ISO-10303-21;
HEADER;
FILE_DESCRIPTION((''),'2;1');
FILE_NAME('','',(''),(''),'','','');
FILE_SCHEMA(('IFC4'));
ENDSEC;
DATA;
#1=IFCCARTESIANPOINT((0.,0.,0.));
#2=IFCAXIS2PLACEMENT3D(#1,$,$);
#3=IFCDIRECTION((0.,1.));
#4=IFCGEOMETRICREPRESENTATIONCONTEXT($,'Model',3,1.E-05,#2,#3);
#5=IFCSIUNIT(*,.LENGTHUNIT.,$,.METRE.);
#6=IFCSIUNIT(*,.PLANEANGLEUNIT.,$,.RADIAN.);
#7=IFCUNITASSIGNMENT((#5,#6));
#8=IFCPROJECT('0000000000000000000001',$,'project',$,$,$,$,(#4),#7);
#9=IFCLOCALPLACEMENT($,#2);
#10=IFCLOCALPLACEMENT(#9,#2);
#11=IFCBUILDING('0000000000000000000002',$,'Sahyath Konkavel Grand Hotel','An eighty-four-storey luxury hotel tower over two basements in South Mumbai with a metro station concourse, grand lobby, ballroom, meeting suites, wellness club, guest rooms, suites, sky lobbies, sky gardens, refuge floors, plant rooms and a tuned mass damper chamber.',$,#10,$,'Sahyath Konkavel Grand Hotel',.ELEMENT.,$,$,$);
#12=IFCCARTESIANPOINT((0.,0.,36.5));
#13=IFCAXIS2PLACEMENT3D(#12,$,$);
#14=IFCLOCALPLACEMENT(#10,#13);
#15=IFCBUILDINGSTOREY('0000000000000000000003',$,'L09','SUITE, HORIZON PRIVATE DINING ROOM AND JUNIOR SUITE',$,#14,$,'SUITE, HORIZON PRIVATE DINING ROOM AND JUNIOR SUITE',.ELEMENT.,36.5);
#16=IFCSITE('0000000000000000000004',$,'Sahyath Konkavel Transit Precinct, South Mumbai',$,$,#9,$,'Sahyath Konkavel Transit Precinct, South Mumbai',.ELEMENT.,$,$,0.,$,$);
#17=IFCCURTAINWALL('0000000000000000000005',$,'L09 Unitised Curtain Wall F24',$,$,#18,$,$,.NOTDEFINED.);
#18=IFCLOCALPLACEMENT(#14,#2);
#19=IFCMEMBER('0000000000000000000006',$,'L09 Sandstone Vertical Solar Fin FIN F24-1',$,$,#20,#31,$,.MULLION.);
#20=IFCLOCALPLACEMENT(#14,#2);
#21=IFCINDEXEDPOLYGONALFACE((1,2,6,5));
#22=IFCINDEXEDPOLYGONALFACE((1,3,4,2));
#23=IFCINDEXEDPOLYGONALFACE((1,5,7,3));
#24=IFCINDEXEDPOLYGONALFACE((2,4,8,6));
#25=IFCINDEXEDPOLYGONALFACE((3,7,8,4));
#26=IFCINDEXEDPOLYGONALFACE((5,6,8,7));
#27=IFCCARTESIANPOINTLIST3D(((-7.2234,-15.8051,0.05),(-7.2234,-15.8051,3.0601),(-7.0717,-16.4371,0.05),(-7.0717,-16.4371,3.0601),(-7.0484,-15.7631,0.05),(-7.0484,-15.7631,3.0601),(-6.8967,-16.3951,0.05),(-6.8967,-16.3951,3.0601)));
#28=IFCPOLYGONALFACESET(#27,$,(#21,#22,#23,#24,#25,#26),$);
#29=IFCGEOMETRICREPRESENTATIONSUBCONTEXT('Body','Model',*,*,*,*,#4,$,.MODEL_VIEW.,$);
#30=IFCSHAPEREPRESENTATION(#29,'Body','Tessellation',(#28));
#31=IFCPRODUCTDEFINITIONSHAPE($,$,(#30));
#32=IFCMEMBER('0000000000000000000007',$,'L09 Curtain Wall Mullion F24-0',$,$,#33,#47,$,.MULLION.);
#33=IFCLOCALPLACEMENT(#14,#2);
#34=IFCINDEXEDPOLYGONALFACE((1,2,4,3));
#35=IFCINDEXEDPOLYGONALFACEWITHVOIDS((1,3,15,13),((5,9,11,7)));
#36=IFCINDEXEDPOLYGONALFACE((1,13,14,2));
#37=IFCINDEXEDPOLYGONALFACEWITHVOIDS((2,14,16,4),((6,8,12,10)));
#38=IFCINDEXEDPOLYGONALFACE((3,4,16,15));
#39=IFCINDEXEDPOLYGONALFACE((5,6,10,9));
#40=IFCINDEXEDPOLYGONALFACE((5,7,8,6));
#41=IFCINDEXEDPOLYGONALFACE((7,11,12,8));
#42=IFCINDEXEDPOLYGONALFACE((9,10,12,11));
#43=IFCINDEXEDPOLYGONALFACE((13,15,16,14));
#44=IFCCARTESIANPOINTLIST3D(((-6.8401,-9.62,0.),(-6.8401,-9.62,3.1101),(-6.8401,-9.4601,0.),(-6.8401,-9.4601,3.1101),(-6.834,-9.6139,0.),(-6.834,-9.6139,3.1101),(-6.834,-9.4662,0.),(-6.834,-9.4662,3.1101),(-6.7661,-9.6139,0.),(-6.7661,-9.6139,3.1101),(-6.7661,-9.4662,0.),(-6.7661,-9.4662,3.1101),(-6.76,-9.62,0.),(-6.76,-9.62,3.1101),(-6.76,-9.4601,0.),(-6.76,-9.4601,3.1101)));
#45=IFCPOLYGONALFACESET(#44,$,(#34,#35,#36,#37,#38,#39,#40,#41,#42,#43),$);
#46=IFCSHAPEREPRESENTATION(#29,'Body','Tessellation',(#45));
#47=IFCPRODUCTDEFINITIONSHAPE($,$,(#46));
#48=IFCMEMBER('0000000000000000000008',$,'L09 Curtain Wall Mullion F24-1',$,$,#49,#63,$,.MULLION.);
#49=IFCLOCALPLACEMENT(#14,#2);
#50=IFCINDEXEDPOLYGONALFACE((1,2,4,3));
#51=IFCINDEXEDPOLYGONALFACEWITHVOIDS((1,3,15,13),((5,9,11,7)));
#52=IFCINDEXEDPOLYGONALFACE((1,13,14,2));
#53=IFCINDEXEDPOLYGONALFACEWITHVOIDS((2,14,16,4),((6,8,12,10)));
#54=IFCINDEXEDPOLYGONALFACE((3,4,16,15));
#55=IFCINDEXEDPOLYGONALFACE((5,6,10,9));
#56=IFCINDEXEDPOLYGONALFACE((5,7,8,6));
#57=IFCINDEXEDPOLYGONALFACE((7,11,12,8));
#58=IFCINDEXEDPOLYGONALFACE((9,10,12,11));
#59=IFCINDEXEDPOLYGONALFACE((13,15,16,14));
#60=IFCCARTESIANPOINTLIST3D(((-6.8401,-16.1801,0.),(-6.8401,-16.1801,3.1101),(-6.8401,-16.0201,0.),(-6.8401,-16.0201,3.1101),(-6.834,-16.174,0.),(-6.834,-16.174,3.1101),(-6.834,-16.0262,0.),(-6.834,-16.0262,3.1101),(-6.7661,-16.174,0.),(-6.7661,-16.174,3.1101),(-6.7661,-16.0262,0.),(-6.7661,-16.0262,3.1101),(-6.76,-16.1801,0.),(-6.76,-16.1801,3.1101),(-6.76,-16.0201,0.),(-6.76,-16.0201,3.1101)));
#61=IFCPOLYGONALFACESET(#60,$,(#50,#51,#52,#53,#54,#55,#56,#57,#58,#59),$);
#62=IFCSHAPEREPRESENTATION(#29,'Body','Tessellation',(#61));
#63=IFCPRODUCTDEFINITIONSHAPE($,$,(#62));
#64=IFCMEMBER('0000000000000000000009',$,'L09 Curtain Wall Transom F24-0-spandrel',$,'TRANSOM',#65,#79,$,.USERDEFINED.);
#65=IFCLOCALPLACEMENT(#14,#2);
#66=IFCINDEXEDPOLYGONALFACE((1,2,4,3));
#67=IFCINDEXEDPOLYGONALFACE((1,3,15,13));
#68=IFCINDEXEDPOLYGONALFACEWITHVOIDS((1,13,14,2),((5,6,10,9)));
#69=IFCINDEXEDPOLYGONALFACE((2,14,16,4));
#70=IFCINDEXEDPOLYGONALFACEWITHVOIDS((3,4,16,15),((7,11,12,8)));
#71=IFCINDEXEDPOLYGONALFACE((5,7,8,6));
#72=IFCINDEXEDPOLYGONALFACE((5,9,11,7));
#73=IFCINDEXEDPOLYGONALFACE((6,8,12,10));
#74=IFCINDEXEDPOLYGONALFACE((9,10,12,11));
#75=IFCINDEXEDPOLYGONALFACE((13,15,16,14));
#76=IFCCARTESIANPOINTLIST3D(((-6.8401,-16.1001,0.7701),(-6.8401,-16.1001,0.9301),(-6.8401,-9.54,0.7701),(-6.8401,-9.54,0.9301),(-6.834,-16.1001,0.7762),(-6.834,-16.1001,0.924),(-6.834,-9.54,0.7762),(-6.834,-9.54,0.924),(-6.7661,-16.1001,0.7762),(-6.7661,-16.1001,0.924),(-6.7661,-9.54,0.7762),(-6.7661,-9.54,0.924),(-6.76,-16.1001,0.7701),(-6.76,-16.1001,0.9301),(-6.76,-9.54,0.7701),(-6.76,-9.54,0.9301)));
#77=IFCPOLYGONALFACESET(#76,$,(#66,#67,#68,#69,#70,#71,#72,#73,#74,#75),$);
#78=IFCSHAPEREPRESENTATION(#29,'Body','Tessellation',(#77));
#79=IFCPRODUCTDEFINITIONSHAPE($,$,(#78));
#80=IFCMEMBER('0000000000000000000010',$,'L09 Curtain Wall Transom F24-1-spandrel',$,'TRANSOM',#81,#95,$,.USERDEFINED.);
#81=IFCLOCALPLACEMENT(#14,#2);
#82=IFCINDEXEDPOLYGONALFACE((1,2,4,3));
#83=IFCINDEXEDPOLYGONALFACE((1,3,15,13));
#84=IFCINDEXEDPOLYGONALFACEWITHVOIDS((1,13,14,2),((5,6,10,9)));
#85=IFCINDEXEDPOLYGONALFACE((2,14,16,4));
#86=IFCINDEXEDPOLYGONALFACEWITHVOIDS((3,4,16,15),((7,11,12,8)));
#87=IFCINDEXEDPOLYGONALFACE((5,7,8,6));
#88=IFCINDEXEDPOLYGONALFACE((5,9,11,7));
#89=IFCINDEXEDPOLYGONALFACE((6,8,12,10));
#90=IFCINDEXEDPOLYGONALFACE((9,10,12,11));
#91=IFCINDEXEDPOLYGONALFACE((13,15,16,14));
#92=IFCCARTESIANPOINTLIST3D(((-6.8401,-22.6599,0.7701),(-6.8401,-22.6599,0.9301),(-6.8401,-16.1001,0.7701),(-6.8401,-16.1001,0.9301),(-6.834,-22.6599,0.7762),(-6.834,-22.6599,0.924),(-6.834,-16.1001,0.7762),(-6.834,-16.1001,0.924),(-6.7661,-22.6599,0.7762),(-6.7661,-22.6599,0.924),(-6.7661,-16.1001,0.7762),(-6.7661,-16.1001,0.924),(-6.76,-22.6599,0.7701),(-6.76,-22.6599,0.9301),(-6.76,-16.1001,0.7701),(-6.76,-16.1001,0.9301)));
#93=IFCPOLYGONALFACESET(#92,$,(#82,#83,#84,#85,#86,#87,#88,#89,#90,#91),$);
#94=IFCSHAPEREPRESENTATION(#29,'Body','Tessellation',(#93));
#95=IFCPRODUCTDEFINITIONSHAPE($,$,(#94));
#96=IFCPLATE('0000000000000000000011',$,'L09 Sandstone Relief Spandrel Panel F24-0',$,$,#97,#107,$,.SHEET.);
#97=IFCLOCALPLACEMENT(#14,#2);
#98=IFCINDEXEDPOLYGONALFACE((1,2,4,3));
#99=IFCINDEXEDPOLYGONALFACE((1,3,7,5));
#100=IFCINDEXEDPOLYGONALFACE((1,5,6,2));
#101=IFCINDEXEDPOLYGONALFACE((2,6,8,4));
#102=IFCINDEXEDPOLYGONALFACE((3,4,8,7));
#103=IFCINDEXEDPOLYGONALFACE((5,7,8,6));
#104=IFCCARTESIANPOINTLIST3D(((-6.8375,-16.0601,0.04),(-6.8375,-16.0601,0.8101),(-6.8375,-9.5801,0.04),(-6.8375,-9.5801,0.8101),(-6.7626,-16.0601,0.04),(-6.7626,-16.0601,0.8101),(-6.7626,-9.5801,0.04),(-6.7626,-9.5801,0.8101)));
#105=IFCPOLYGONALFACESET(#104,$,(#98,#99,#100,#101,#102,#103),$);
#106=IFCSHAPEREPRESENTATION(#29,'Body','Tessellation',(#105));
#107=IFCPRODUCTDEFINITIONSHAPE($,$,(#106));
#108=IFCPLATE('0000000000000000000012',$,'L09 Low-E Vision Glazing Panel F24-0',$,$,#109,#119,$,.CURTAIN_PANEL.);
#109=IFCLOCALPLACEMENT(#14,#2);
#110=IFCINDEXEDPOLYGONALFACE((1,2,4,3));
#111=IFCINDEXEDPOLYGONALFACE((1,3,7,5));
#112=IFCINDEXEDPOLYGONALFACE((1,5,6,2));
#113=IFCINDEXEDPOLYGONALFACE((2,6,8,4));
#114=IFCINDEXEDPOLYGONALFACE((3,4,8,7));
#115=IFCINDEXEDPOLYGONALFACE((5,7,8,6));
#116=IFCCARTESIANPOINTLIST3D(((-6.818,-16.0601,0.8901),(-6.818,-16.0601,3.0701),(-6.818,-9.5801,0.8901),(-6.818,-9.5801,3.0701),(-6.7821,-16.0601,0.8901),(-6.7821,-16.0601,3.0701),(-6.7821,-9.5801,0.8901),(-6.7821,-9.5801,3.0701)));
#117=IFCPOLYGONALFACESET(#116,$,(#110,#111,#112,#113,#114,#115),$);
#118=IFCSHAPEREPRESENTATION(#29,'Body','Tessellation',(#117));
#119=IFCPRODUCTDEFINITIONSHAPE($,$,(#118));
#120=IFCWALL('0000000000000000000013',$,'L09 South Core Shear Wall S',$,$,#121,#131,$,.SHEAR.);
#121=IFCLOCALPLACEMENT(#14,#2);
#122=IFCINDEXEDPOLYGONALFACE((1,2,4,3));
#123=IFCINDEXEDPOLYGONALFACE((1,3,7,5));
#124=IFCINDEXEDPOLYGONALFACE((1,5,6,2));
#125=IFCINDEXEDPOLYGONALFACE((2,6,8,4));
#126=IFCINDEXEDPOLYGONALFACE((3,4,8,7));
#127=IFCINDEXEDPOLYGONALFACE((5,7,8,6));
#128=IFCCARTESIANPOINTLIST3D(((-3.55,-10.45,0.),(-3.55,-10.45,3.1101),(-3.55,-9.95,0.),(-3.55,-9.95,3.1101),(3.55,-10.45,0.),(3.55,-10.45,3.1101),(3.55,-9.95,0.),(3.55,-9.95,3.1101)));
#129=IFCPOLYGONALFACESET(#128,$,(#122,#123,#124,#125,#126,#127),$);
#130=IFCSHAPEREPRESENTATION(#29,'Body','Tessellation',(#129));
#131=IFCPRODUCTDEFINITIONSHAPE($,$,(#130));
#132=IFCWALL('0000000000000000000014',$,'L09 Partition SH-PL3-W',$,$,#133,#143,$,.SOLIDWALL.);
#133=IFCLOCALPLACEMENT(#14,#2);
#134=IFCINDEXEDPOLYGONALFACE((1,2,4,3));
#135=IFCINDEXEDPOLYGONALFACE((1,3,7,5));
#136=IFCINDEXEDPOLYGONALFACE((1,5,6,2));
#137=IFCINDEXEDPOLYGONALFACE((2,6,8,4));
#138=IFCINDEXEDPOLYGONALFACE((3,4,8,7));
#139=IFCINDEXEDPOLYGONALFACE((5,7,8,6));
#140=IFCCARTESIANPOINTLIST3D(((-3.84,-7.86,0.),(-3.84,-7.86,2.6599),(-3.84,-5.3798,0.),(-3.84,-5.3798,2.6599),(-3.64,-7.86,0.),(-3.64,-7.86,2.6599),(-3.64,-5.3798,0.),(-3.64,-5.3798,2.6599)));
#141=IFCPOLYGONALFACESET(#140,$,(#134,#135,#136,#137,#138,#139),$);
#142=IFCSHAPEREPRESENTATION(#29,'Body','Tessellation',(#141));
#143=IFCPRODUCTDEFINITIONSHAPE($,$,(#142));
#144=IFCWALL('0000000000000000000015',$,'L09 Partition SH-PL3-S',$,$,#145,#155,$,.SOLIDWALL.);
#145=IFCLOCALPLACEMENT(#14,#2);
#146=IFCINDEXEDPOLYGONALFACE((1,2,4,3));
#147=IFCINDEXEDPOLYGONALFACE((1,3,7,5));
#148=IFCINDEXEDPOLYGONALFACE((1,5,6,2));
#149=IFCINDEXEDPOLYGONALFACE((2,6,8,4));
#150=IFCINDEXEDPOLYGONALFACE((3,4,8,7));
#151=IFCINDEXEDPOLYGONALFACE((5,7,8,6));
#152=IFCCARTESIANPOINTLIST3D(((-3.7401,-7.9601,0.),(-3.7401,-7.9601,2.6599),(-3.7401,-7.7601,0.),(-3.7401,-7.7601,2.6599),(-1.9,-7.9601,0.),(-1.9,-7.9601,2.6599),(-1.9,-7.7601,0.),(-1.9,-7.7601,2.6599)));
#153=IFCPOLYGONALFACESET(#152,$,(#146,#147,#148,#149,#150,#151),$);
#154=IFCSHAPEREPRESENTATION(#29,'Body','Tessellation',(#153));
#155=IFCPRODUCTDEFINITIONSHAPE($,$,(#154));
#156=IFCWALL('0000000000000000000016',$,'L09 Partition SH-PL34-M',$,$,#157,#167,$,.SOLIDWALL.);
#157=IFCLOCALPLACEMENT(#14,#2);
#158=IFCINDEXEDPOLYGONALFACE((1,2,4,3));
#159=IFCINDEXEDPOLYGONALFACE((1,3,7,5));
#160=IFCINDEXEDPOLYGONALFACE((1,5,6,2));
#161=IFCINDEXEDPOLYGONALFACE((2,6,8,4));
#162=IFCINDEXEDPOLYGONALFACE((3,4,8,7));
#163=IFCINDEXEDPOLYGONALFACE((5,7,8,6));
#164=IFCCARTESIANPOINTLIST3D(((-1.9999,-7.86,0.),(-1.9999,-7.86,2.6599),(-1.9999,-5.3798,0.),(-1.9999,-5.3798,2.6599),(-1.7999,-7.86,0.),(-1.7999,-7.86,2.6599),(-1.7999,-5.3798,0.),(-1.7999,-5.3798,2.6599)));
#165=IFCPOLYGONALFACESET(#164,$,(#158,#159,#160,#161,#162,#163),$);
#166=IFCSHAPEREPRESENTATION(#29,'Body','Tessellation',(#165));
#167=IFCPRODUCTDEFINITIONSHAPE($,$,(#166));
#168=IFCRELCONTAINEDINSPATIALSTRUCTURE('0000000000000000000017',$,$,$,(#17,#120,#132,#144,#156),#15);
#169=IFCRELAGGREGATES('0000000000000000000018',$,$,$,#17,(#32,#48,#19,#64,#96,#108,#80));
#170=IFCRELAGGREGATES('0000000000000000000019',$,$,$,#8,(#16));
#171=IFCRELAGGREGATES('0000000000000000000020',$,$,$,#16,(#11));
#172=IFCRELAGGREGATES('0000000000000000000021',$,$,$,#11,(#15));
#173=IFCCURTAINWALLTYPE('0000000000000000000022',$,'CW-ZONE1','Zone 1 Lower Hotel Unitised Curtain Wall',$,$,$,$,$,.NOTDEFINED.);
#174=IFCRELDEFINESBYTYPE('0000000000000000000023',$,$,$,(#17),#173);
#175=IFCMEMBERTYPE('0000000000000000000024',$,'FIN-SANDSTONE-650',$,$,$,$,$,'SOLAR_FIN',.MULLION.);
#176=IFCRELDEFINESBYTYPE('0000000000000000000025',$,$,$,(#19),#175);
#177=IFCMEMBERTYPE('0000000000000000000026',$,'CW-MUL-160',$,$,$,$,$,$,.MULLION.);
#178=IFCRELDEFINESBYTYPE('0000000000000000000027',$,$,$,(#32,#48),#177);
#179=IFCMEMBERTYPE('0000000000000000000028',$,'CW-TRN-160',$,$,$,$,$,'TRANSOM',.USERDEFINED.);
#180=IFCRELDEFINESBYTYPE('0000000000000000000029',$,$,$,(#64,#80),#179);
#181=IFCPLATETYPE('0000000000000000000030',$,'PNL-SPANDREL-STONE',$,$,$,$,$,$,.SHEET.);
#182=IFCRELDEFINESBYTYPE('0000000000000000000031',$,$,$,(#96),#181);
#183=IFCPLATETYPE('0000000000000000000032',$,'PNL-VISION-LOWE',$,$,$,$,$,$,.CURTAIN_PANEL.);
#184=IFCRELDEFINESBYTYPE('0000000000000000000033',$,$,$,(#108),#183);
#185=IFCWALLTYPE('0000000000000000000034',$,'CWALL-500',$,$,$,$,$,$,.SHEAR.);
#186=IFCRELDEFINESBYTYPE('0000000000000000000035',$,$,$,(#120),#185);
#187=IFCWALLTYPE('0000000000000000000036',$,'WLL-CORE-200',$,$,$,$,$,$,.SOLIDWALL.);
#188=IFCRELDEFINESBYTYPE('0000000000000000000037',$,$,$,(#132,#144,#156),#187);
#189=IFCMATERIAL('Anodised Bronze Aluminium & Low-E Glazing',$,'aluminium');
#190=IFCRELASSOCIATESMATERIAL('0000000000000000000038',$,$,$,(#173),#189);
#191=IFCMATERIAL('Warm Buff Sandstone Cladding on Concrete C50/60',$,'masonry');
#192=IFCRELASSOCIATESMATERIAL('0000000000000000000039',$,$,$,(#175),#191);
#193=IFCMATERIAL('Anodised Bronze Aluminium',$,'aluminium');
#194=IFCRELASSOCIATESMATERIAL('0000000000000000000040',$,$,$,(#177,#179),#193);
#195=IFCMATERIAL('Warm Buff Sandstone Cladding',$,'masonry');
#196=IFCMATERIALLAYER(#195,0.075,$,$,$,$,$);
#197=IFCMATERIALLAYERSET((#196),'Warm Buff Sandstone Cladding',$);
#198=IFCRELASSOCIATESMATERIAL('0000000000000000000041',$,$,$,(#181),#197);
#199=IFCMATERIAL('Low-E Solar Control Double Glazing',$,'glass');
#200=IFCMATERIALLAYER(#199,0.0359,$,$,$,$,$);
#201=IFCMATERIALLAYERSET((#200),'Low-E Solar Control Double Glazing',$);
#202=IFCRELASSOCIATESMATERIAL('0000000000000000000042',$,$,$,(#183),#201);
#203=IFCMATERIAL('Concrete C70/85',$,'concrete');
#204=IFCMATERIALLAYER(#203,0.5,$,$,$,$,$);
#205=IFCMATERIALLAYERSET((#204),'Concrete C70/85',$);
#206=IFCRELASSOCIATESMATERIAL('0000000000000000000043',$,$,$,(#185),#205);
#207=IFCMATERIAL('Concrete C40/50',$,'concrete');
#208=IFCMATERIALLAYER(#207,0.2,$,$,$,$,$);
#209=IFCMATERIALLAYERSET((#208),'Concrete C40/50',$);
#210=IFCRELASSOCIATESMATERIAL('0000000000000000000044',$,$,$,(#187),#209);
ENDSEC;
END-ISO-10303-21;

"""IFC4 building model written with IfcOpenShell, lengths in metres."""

from ifc_helpers import new_model, si_unit, direction, frame, frame_2d, origin, origin_2d, place, context, subcontext, project, spatial, rectangle, hollow_rectangle, extrude, source, transform, mapped, material, layer, layer_set, material_profile, profile_set, type_object, element, aggregate, save


model = new_model("IFC4")

# Units and contexts
model_context = context("Model", 3, precision=1e-05, world=origin(), true_north=direction((0.0, 1.0)))
body_context = subcontext(model_context, "Body", "Model", "MODEL_VIEW")
ifc_project = project(units=[si_unit("LENGTHUNIT", "METRE"), si_unit("PLANEANGLEUNIT", "RADIAN")], contexts=[model_context])

# Site, building, storey
site_placement = place(None, origin())
site = spatial("IfcSite", under=ifc_project, at=site_placement, Name="Sahyath Konkavel Transit Precinct, South Mumbai", LongName="Sahyath Konkavel Transit Precinct, South Mumbai", CompositionType="ELEMENT", RefElevation=0.0)
building_placement = place(site_placement, origin())
building = spatial("IfcBuilding", under=site, at=building_placement, Name="Sahyath Konkavel Grand Hotel", Description="An eighty-four-storey luxury hotel tower over two basements in South Mumbai with a metro station concourse, grand lobby, ballroom, meeting suites, wellness club, guest rooms, suites, sky lobbies, sky gardens, refuge floors, plant rooms and a tuned mass damper chamber.", LongName="Sahyath Konkavel Grand Hotel", CompositionType="ELEMENT")
storey_placement = place(building_placement, frame((0.0, 0.0, 36.5)))
storey = spatial("IfcBuildingStorey", under=building, at=storey_placement, Name="L09", Description="SUITE, HORIZON PRIVATE DINING ROOM AND JUNIOR SUITE", LongName="SUITE, HORIZON PRIVATE DINING ROOM AND JUNIOR SUITE", CompositionType="ELEMENT", Elevation=36.5)

# Shared definitions
ifc_material_1 = material(Name="Concrete C70/85", Category="concrete")

# Shared definitions
ifc_material_2 = material(Name="Anodised Bronze Aluminium & Low-E Glazing", Category="aluminium")
curtain_wall_type = type_object("IfcCurtainWallType", Name="CW-ZONE1", Description="Zone 1 Lower Hotel Unitised Curtain Wall", PredefinedType="NOTDEFINED", material=ifc_material_2)
ifc_material_3 = material(Name="Warm Buff Sandstone Cladding on Concrete C50/60", Category="masonry")
ifc_material_profile_1 = material_profile(ifc_material_3, rectangle(XDim=0.1799, YDim=0.6499, at=origin_2d()), Name="FIN 180x650")
ifc_profile_set_1 = profile_set([ifc_material_profile_1], Name="Warm Buff Sandstone Cladding on Concrete C50/60")
member_type_1 = type_object("IfcMemberType", Name="FIN-SANDSTONE-650", ElementType="SOLAR_FIN", PredefinedType="MULLION", material=ifc_profile_set_1)
shared_shape_1 = source(origin(), body_context, "Body", "SweptSolid", [
    extrude(rectangle(XDim=0.1799, YDim=0.6499, at=origin_2d()), origin(), (0.0, 0.0, 1.0), 3.01),
])

# Curtain wall, members, plates
curtain_wall_1_placement = place(storey_placement, origin())
curtain_wall_1 = element("IfcCurtainWall", 1, at=curtain_wall_1_placement, inside=storey, type_object=curtain_wall_type, Name="L09 Unitised Curtain Wall F24", PredefinedType="NOTDEFINED")
member_1_placement = place(storey_placement, frame((-7.0601, -16.1001, 0.05), z_axis=(0.0, 0.0, 1.0), x_axis=(0.97237, 0.233445, 0.0)))
member_1 = element("IfcMember", 2, at=member_1_placement, type_object=member_type_1, Name="L09 Sandstone Vertical Solar Fin FIN F24-1", PredefinedType="MULLION", context=body_context, shape_type="MappedRepresentation", body=[
    mapped(shared_shape_1, transform((0.0, 0.0, 0.0), scale=1.0)),
])
ifc_material_4 = material(Name="Anodised Bronze Aluminium", Category="aluminium")
ifc_material_profile_2 = material_profile(ifc_material_4, hollow_rectangle(XDim=0.0801, YDim=0.1599, WallThickness=0.0061, at=origin_2d()), Name="RHS 160x80x6")
ifc_profile_set_2 = profile_set([ifc_material_profile_2], Name="Anodised Bronze Aluminium")
member_type_2 = type_object("IfcMemberType", Name="CW-MUL-160", PredefinedType="MULLION", material=ifc_profile_set_2)
shared_shape_2 = source(origin(), body_context, "Body", "SweptSolid", [
    extrude(hollow_rectangle(XDim=0.0801, YDim=0.1599, WallThickness=0.0061, at=origin_2d()), origin(), (0.0, 0.0, 1.0), 3.1101),
])
member_2_placement = place(storey_placement, frame((-6.8, -9.54, 0.0), z_axis=(0.0, 0.0, 1.0), x_axis=(1.0, 0.0, 0.0)))
member_2 = element("IfcMember", 3, at=member_2_placement, type_object=member_type_2, Name="L09 Curtain Wall Mullion F24-0", PredefinedType="MULLION", context=body_context, shape_type="MappedRepresentation", body=[
    mapped(shared_shape_2, transform((0.0, 0.0, 0.0), scale=1.0)),
])
member_3_placement = place(storey_placement, frame((-6.8, -16.1001, 0.0), z_axis=(0.0, 0.0, 1.0), x_axis=(1.0, 0.0, 0.0)))
member_3 = element("IfcMember", 4, at=member_3_placement, type_object=member_type_2, Name="L09 Curtain Wall Mullion F24-1", PredefinedType="MULLION", context=body_context, shape_type="MappedRepresentation", body=[
    mapped(shared_shape_2, transform((0.0, 0.0, 0.0), scale=1.0)),
])
ifc_material_profile_3 = material_profile(ifc_material_4, hollow_rectangle(XDim=0.0801, YDim=0.1599, WallThickness=0.0061, at=origin_2d()), Name="RHS 160x80x6")
ifc_profile_set_3 = profile_set([ifc_material_profile_3], Name="Anodised Bronze Aluminium")
member_type_3 = type_object("IfcMemberType", Name="CW-TRN-160", ElementType="TRANSOM", PredefinedType="USERDEFINED", material=ifc_profile_set_3)
shared_shape_3 = source(origin(), body_context, "Body", "SweptSolid", [
    extrude(hollow_rectangle(XDim=0.0801, YDim=0.1599, WallThickness=0.0061, at=origin_2d()), origin(), (0.0, 0.0, 1.0), 6.5601),
])
member_4_placement = place(storey_placement, frame((-6.8, -9.54, 0.8501), z_axis=(0.0, -1.0, 0.0), x_axis=(1.0, 0.0, 0.0)))
member_4 = element("IfcMember", 5, at=member_4_placement, type_object=member_type_3, Name="L09 Curtain Wall Transom F24-0-spandrel", ObjectType="TRANSOM", PredefinedType="USERDEFINED", context=body_context, shape_type="MappedRepresentation", body=[
    mapped(shared_shape_3, transform((0.0, 0.0, 0.0), scale=1.0)),
])
shared_shape_4 = source(origin(), body_context, "Body", "SweptSolid", [
    extrude(hollow_rectangle(XDim=0.0801, YDim=0.1599, WallThickness=0.0061, at=origin_2d()), origin(), (0.0, 0.0, 1.0), 6.5598),
])
member_5_placement = place(storey_placement, frame((-6.8, -16.1001, 0.8501), z_axis=(0.0, -1.0, 0.0), x_axis=(1.0, 0.0, 0.0)))
member_5 = element("IfcMember", 6, at=member_5_placement, type_object=member_type_3, Name="L09 Curtain Wall Transom F24-1-spandrel", ObjectType="TRANSOM", PredefinedType="USERDEFINED", context=body_context, shape_type="MappedRepresentation", body=[
    mapped(shared_shape_4, transform((0.0, 0.0, 0.0), scale=1.0)),
])
ifc_material_5 = material(Name="Warm Buff Sandstone Cladding", Category="masonry")
ifc_layer_1 = layer(ifc_material_5, 0.075)
ifc_layer_set_1 = layer_set([ifc_layer_1], Name="Warm Buff Sandstone Cladding")
plate_type_1 = type_object("IfcPlateType", Name="PNL-SPANDREL-STONE", PredefinedType="SHEET", material=ifc_layer_set_1)
shared_shape_5 = source(origin(), body_context, "Body", "SweptSolid", [
    extrude(rectangle(XDim=6.48, YDim=0.075, at=origin_2d()), origin(), (0.0, 0.0, 1.0), 0.77),
])
plate_1_placement = place(storey_placement, frame((-6.8, -12.8201, 0.04), z_axis=(0.0, 0.0, 1.0), x_axis=(0.0, -1.0, 0.0)))
plate_1 = element("IfcPlate", 7, at=plate_1_placement, type_object=plate_type_1, Name="L09 Sandstone Relief Spandrel Panel F24-0", PredefinedType="SHEET", context=body_context, shape_type="MappedRepresentation", body=[
    mapped(shared_shape_5, transform((0.0, 0.0, 0.0), scale=1.0)),
])
ifc_material_6 = material(Name="Low-E Solar Control Double Glazing", Category="glass")
ifc_layer_2 = layer(ifc_material_6, 0.0359)
ifc_layer_set_2 = layer_set([ifc_layer_2], Name="Low-E Solar Control Double Glazing")
plate_type_2 = type_object("IfcPlateType", Name="PNL-VISION-LOWE", PredefinedType="CURTAIN_PANEL", material=ifc_layer_set_2)
shared_shape_6 = source(origin(), body_context, "Body", "SweptSolid", [
    extrude(rectangle(XDim=6.48, YDim=0.0359, at=origin_2d()), origin(), (0.0, 0.0, 1.0), 2.1799),
])
plate_2_placement = place(storey_placement, frame((-6.8, -12.8201, 0.8901), z_axis=(0.0, 0.0, 1.0), x_axis=(0.0, -1.0, 0.0)))
plate_2 = element("IfcPlate", 8, at=plate_2_placement, type_object=plate_type_2, Name="L09 Low-E Vision Glazing Panel F24-0", PredefinedType="CURTAIN_PANEL", context=body_context, shape_type="MappedRepresentation", body=[
    mapped(shared_shape_6, transform((0.0, 0.0, 0.0), scale=1.0)),
])
aggregate(curtain_wall_1, [member_2, member_3, member_1, member_4, plate_1, plate_2, member_5])

# Walls
ifc_layer_3 = layer(ifc_material_1, 0.5)
ifc_layer_set_3 = layer_set([ifc_layer_3], Name="Concrete C70/85")
wall_type_1 = type_object("IfcWallType", Name="CWALL-500", PredefinedType="SHEAR", material=ifc_layer_set_3)
wall_1_placement = place(storey_placement, frame((-3.55, -10.2, 0.0), z_axis=(0.0, 0.0, 1.0), x_axis=(1.0, 0.0, 0.0)))
element("IfcWall", 9, at=wall_1_placement, inside=storey, type_object=wall_type_1, Name="L09 South Core Shear Wall S", PredefinedType="SHEAR", context=body_context, shape_type="SweptSolid", body=[
    extrude(rectangle(XDim=7.1001, YDim=0.5, at=frame_2d((3.55, 0.0))), origin(), (0.0, 0.0, 1.0), 3.1101),
])
ifc_material_7 = material(Name="Concrete C40/50", Category="concrete")
ifc_layer_4 = layer(ifc_material_7, 0.2)
ifc_layer_set_4 = layer_set([ifc_layer_4], Name="Concrete C40/50")
wall_type_2 = type_object("IfcWallType", Name="WLL-CORE-200", PredefinedType="SOLIDWALL", material=ifc_layer_set_4)
wall_2_placement = place(storey_placement, frame((-3.74, -7.8601, 0.0), z_axis=(0.0, 0.0, 1.0), x_axis=(0.0, 1.0, 0.0)))
element("IfcWall", 10, at=wall_2_placement, inside=storey, type_object=wall_type_2, Name="L09 Partition SH-PL3-W", PredefinedType="SOLIDWALL", context=body_context, shape_type="SweptSolid", body=[
    extrude(rectangle(XDim=2.4802, YDim=0.2, at=frame_2d((1.2402, 0.0))), origin(), (0.0, 0.0, 1.0), 2.6599),
])
wall_3_placement = place(storey_placement, frame((-3.74, -7.8601, 0.0), z_axis=(0.0, 0.0, 1.0), x_axis=(1.0, 0.0, 0.0)))
element("IfcWall", 11, at=wall_3_placement, inside=storey, type_object=wall_type_2, Name="L09 Partition SH-PL3-S", PredefinedType="SOLIDWALL", context=body_context, shape_type="SweptSolid", body=[
    extrude(rectangle(XDim=1.8401, YDim=0.2, at=frame_2d((0.9199, 0.0))), origin(), (0.0, 0.0, 1.0), 2.6599),
])
wall_4_placement = place(storey_placement, frame((-1.8999, -7.8601, 0.0), z_axis=(0.0, 0.0, 1.0), x_axis=(0.0, 1.0, 0.0)))
element("IfcWall", 12, at=wall_4_placement, inside=storey, type_object=wall_type_2, Name="L09 Partition SH-PL34-M", PredefinedType="SOLIDWALL", context=body_context, shape_type="SweptSolid", body=[
    extrude(rectangle(XDim=2.4802, YDim=0.2, at=frame_2d((1.2402, 0.0))), origin(), (0.0, 0.0, 1.0), 2.6599),
])

save(model, "model.ifc")
